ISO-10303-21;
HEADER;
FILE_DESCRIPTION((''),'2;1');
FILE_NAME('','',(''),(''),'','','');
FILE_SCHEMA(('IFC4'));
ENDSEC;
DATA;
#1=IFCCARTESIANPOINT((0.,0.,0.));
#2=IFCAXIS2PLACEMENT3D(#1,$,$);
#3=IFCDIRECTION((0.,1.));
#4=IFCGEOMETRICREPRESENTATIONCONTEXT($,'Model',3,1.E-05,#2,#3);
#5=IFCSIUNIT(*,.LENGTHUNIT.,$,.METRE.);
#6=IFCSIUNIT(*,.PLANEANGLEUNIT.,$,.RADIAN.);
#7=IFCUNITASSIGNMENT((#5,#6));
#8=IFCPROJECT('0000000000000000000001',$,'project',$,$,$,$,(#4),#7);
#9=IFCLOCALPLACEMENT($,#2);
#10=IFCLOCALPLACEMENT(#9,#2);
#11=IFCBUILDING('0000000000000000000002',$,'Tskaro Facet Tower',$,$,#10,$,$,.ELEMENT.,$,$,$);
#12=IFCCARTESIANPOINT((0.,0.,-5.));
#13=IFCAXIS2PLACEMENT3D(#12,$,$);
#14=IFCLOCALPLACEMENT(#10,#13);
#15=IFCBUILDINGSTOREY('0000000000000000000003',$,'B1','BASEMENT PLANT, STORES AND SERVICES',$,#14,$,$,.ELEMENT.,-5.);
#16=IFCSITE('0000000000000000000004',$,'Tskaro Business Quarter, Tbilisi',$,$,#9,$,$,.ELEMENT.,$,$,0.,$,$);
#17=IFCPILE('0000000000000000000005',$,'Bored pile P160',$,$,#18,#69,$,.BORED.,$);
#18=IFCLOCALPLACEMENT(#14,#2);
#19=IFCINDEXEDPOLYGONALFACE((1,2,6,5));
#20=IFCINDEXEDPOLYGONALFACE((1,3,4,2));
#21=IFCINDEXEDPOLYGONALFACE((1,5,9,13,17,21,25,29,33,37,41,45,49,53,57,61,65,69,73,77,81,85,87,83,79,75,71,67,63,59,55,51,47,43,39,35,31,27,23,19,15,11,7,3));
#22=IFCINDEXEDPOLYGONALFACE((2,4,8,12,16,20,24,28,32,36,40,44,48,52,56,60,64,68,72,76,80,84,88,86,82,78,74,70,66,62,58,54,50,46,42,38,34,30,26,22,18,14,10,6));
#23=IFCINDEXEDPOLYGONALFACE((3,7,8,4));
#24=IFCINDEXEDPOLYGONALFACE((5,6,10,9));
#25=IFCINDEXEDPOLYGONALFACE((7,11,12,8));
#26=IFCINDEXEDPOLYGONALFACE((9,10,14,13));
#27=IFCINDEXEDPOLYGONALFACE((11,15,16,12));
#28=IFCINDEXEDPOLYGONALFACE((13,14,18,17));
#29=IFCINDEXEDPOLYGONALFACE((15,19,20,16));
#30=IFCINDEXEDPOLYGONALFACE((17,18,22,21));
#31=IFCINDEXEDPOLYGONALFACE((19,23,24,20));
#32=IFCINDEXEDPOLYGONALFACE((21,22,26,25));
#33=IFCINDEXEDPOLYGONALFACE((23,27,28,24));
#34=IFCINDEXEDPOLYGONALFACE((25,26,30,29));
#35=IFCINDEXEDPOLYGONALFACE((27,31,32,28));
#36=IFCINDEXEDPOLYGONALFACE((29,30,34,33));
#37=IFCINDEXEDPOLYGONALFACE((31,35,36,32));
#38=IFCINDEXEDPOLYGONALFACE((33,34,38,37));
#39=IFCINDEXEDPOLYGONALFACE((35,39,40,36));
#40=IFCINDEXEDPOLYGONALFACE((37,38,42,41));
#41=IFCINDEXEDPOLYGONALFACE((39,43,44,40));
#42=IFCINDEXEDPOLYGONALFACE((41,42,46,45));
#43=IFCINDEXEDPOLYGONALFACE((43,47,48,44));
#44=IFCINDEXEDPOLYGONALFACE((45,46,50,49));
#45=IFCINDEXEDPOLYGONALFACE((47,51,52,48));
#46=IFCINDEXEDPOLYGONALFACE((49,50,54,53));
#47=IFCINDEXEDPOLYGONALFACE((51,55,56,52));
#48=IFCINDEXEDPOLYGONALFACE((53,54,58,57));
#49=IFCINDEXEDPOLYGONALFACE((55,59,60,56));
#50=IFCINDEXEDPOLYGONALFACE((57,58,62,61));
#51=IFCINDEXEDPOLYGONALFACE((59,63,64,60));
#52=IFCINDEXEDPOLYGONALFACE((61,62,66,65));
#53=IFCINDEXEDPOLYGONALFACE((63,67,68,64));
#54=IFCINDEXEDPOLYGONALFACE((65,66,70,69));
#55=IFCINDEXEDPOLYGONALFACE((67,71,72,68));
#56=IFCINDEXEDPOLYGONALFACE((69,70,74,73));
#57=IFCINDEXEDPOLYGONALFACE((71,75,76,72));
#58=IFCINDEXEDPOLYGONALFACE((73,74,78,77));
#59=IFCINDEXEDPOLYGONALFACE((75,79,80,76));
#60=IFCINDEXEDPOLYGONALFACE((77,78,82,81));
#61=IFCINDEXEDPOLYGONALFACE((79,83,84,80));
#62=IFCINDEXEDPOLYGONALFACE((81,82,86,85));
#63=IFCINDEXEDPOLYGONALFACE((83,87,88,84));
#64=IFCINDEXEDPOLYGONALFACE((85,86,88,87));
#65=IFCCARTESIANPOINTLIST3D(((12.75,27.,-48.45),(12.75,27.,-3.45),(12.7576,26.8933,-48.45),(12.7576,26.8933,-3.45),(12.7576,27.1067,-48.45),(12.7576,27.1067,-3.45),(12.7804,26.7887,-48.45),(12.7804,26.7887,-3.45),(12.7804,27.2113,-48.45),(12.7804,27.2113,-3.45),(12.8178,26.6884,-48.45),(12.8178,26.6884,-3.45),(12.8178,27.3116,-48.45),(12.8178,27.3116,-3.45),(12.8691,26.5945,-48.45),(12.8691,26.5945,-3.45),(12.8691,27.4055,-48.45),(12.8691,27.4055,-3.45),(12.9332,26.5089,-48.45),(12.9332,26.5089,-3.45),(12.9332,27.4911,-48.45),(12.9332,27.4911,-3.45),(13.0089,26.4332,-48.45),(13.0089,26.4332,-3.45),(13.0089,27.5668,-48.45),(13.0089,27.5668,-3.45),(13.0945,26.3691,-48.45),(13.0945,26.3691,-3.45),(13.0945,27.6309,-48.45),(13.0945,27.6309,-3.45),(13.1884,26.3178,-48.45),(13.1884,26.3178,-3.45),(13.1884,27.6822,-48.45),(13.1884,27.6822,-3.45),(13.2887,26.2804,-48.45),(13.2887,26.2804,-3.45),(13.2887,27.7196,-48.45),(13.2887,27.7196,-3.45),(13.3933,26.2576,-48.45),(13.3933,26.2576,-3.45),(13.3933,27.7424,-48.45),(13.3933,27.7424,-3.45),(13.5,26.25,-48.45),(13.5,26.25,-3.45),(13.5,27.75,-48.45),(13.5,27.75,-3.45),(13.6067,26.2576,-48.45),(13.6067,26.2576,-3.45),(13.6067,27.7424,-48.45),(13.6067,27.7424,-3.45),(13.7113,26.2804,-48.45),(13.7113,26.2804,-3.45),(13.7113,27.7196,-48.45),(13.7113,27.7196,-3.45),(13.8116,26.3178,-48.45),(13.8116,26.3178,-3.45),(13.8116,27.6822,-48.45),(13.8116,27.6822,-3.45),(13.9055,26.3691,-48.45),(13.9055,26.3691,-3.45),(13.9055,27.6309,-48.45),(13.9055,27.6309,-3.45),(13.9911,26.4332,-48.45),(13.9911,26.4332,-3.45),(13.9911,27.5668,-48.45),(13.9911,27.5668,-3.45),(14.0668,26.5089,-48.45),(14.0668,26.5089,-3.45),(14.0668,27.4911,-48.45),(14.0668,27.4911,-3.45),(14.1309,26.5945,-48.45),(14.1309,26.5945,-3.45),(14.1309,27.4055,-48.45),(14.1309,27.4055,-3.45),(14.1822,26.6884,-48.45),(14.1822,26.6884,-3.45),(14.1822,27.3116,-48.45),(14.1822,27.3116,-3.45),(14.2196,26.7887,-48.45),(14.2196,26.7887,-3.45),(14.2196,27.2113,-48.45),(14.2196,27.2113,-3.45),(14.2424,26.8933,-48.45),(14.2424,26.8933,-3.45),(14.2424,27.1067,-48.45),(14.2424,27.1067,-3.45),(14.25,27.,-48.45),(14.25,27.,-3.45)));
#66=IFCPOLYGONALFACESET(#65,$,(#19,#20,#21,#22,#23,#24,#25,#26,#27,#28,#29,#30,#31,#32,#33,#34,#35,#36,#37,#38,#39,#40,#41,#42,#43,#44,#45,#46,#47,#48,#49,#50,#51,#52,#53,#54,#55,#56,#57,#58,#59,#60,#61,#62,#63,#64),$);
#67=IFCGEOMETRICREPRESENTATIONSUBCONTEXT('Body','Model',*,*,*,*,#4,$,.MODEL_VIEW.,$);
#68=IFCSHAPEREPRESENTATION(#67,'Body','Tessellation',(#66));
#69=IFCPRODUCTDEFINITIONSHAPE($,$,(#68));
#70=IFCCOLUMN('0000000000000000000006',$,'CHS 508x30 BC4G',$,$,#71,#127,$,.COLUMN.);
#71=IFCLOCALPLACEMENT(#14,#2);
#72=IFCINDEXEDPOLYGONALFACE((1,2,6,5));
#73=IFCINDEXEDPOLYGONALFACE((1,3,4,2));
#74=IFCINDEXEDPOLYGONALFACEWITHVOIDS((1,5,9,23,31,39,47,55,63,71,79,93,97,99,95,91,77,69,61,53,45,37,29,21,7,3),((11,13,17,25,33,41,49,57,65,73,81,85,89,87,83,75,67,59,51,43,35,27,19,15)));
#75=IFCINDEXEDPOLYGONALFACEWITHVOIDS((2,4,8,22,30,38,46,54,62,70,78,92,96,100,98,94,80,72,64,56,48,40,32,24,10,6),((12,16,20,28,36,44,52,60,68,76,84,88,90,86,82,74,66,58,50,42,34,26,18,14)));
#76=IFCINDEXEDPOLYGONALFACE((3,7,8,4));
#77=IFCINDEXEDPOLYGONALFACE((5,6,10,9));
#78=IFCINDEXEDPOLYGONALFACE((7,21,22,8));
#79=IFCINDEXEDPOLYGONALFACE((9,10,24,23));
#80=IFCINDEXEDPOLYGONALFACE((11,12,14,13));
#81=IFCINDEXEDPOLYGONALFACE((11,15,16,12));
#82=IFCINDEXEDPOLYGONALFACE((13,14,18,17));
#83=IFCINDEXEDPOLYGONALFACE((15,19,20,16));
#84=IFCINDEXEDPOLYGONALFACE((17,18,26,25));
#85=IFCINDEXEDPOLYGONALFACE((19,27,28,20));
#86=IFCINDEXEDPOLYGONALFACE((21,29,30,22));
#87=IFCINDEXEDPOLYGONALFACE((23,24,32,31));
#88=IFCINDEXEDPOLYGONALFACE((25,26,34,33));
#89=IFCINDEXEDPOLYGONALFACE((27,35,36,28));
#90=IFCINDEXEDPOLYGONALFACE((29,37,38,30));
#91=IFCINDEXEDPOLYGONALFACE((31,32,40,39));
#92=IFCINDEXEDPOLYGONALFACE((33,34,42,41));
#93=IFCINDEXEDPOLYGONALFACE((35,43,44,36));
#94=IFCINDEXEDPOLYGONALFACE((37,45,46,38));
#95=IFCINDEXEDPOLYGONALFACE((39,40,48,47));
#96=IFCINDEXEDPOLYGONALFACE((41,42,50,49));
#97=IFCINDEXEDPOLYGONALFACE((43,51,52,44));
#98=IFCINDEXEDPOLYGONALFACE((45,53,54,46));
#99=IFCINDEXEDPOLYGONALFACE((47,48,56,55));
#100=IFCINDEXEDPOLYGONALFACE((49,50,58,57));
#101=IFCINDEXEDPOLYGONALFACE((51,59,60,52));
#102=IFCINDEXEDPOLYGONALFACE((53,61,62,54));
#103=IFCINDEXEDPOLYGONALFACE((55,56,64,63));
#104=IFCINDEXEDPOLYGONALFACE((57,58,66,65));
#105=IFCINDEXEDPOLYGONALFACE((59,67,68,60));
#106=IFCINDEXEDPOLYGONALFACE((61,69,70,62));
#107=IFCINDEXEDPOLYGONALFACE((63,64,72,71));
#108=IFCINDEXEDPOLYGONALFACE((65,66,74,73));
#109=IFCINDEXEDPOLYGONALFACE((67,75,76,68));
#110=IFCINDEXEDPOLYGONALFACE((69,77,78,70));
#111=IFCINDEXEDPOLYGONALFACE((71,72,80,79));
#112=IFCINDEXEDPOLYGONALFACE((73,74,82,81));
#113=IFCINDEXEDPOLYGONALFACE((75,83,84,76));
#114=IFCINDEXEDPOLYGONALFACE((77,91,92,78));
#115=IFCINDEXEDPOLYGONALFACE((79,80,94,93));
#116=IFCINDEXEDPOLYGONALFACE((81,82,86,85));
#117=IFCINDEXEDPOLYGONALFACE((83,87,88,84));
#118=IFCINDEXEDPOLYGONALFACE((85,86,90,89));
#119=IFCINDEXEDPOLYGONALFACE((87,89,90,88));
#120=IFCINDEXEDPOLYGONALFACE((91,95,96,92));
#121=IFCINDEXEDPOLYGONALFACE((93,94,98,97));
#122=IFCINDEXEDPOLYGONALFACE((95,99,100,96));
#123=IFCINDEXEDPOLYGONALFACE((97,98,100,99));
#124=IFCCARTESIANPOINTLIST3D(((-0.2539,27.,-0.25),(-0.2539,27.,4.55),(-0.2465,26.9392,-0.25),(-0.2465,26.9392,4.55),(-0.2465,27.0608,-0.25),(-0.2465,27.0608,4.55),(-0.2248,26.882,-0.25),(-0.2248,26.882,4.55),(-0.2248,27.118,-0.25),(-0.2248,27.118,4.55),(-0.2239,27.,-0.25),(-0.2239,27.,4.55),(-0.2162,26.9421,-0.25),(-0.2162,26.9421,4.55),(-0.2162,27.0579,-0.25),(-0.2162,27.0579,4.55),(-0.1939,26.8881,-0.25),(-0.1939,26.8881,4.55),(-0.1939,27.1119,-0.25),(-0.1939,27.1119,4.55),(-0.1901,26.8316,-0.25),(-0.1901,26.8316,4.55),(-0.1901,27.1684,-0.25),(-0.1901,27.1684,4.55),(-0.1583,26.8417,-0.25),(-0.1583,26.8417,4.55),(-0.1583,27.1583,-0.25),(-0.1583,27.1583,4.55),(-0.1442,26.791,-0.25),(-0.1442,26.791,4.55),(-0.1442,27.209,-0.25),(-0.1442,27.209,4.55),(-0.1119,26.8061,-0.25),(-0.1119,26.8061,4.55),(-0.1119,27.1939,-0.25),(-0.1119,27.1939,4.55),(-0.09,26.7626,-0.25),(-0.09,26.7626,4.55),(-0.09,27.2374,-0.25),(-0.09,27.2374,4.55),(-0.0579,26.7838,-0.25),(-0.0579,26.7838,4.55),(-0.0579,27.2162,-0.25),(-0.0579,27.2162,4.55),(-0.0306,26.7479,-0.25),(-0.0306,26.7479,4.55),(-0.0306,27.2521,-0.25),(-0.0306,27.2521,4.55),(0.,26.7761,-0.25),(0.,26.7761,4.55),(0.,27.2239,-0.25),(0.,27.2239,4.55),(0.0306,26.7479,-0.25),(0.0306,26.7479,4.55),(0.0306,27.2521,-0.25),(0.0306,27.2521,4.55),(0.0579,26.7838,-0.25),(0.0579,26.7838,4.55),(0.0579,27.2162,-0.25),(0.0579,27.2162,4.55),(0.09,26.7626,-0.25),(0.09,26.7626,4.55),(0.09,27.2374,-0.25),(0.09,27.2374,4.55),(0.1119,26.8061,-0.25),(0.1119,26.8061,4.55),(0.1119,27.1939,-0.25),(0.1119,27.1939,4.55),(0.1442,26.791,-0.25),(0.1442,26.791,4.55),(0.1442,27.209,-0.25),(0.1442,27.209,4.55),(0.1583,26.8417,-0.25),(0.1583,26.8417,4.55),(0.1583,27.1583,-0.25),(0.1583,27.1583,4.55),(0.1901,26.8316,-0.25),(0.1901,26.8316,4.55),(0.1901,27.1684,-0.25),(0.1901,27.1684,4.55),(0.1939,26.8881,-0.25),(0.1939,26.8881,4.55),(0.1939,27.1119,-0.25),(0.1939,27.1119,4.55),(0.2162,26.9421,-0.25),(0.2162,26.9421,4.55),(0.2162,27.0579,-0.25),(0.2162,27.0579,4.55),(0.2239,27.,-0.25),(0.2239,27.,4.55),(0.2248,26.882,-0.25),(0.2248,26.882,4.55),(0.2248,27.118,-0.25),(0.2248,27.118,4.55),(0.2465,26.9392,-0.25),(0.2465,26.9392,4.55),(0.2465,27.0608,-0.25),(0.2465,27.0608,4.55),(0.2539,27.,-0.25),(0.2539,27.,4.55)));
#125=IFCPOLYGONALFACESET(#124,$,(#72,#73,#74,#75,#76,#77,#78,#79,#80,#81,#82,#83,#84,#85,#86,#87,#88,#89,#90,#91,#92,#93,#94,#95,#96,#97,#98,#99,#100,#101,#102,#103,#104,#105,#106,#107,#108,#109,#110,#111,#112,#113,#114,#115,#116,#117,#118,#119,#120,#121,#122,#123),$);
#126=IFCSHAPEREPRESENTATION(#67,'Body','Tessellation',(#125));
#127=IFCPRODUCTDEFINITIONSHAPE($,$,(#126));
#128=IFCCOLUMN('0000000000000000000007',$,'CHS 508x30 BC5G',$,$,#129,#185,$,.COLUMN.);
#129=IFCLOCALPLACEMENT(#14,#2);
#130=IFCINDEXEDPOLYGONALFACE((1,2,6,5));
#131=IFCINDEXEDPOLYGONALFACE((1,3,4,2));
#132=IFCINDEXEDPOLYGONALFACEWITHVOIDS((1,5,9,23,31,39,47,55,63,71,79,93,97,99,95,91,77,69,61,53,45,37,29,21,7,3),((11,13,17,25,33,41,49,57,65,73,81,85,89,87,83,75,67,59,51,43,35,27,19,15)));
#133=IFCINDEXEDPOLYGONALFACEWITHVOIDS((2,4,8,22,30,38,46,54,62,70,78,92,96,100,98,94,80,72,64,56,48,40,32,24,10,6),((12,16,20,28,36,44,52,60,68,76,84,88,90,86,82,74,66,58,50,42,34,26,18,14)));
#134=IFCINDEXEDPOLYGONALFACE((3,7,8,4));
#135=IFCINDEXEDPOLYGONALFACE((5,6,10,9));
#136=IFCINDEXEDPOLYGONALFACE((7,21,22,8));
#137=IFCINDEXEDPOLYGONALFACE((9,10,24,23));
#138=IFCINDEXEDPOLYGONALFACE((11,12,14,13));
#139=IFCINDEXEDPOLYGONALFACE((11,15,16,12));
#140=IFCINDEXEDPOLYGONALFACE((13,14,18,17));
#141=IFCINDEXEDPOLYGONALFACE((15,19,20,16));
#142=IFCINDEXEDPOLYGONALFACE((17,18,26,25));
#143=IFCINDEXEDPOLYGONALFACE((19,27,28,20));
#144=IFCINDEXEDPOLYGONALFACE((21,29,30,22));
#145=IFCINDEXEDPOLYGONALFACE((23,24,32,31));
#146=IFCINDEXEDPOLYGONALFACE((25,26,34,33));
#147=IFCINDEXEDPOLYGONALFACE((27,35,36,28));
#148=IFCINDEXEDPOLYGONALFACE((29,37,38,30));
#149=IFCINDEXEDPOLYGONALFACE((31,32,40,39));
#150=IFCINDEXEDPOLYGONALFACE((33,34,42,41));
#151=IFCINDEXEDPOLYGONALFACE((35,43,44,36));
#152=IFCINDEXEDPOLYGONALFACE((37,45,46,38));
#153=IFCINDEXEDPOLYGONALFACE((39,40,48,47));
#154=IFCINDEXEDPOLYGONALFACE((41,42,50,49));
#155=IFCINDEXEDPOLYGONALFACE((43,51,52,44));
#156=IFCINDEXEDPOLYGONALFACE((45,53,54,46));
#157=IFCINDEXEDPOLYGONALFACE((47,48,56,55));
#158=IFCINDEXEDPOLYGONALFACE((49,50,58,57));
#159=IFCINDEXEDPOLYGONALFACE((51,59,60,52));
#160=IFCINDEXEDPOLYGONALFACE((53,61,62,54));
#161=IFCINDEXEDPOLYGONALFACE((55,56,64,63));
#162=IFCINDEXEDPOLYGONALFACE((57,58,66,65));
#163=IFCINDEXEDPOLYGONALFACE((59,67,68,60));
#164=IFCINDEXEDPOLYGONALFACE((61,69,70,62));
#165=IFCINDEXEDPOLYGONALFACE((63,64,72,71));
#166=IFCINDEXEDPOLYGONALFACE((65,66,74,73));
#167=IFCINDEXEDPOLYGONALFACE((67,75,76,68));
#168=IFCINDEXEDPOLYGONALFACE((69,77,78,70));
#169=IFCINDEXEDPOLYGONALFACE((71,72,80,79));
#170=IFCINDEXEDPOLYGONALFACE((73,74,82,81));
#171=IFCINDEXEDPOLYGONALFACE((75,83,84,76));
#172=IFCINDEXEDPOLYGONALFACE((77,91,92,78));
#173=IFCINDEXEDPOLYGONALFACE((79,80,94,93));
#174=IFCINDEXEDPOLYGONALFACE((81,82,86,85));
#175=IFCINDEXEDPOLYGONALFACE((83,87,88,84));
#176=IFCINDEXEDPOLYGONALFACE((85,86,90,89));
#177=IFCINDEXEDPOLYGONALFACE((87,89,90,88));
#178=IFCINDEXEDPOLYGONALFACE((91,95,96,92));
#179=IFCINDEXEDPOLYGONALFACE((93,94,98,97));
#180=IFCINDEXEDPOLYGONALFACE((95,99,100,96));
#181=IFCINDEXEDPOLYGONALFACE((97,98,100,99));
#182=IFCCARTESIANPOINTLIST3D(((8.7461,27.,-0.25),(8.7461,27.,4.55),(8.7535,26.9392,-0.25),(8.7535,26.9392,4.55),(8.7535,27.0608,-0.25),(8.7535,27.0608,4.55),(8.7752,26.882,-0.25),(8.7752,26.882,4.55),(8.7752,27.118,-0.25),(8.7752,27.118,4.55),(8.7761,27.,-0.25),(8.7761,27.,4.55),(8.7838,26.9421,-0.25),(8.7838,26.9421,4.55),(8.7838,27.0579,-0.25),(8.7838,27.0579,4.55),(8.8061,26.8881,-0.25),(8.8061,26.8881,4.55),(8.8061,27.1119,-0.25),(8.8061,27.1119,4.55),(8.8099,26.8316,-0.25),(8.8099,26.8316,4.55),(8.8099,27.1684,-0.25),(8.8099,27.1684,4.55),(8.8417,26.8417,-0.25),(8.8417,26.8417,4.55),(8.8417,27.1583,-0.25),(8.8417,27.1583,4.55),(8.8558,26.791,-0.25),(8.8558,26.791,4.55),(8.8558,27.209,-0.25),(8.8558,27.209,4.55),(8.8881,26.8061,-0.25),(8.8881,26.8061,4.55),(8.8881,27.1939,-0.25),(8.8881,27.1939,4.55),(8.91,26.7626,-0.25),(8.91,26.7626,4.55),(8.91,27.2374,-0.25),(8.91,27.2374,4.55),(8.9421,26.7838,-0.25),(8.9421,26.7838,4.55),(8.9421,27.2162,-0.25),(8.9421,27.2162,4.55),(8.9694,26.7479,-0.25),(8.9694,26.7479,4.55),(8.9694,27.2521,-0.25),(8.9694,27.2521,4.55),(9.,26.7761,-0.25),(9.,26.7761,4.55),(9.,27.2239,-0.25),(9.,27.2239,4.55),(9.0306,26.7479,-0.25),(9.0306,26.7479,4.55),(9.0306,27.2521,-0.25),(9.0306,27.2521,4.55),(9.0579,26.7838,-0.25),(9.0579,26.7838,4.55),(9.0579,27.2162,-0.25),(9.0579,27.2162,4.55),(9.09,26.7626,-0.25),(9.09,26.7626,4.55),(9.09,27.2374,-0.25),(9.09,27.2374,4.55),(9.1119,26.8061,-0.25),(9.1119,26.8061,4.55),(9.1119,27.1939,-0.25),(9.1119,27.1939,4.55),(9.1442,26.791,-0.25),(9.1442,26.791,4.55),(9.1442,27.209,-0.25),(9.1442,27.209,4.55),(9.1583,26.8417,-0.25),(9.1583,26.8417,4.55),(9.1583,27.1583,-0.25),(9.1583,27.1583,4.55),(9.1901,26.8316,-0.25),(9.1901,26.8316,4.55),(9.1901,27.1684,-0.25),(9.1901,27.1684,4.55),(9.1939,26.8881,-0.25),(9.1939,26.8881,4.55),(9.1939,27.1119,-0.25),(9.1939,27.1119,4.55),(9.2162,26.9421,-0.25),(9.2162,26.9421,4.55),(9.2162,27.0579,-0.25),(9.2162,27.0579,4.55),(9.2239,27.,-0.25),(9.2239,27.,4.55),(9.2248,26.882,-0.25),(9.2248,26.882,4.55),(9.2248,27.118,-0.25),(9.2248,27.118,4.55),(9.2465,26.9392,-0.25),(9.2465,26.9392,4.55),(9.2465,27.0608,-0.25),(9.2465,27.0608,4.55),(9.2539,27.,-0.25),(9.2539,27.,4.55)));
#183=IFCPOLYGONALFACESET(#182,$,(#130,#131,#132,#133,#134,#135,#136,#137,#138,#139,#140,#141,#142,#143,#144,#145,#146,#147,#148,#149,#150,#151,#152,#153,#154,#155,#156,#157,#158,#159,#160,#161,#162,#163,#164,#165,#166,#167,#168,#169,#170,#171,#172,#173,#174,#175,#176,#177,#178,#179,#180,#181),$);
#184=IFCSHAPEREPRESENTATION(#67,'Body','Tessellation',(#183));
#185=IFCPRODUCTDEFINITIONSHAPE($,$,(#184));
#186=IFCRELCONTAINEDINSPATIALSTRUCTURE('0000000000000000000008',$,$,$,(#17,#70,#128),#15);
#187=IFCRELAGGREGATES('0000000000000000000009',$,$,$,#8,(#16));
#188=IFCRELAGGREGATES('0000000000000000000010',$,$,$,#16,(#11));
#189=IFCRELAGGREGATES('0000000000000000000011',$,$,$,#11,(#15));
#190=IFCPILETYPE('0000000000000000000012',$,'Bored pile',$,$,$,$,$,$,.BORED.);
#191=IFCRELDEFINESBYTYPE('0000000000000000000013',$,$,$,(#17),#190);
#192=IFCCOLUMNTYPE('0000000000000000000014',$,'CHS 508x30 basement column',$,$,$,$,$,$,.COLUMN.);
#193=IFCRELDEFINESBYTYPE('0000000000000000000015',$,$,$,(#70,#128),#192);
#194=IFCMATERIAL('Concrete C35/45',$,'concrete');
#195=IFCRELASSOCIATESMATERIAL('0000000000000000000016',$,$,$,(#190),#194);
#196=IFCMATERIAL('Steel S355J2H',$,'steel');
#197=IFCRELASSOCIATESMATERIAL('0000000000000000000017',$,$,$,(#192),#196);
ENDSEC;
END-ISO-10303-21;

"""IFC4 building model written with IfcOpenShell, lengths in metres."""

from ifc_helpers import new_model, si_unit, direction, frame, origin, origin_2d, place, context, subcontext, project, spatial, circle, hollow_circle, extrude, material, material_profile, profile_set, type_object, element, save


model = new_model("IFC4")

# Units and contexts
model_context = context("Model", 3, precision=1e-05, world=origin(), true_north=direction((0.0, 1.0)))
body_context = subcontext(model_context, "Body", "Model", "MODEL_VIEW")
ifc_project = project(units=[si_unit("LENGTHUNIT", "METRE"), si_unit("PLANEANGLEUNIT", "RADIAN")], contexts=[model_context])

# Site, building, storey
site_placement = place(None, origin())
site = spatial("IfcSite", under=ifc_project, at=site_placement, Name="Tskaro Business Quarter, Tbilisi", CompositionType="ELEMENT", RefElevation=0.0)
building_placement = place(site_placement, origin())
building = spatial("IfcBuilding", under=site, at=building_placement, Name="Tskaro Facet Tower", CompositionType="ELEMENT")
storey_placement = place(building_placement, frame((0.0, 0.0, -5.0)))
storey = spatial("IfcBuildingStorey", under=building, at=storey_placement, Name="B1", Description="BASEMENT PLANT, STORES AND SERVICES", CompositionType="ELEMENT", Elevation=-5.0)

# Pile
ifc_material_1 = material(Name="Concrete C35/45", Category="concrete")
ifc_material_profile_1 = material_profile(ifc_material_1, circle(Radius=0.75, at=origin_2d()), Name="Bored pile")
ifc_profile_set_1 = profile_set([ifc_material_profile_1], Name="Concrete C35/45")
pile_type = type_object("IfcPileType", Name="Bored pile", PredefinedType="BORED", material=ifc_profile_set_1)
for number, where, z_axis, x_axis, name in (
    (1, (13.5, 27.0, -3.45), (0.0, 0.0, -1.0), (1.0, 0.0, 0.0), "Bored pile P160"),
):
    element("IfcPile", number, at=place(storey_placement, frame(where, z_axis=z_axis, x_axis=x_axis)), inside=storey, type_object=pile_type, Name=name, PredefinedType="BORED", context=body_context, shape_type="SweptSolid", body=[
        extrude(circle(Radius=0.75, at=origin_2d()), origin(), (0.0, 0.0, 1.0), 45.0),
    ])

# Columns
ifc_material_2 = material(Name="Steel S355J2H", Category="steel")
ifc_material_profile_2 = material_profile(ifc_material_2, hollow_circle(Radius=0.2539, WallThickness=0.03, at=origin_2d()), Name="CHS 508x30")
ifc_profile_set_2 = profile_set([ifc_material_profile_2], Name="Steel S355J2H")
column_type_1 = type_object("IfcColumnType", Name="CHS 508x30 basement column", PredefinedType="COLUMN", material=ifc_profile_set_2)
for number, where, z_axis, x_axis, name in (
    (2, (0.0, 27.0, -0.25), (0.0, 0.0, 1.0), (1.0, 0.0, 0.0), "CHS 508x30 BC4G"),
    (3, (9.0, 27.0, -0.25), (0.0, 0.0, 1.0), (1.0, 0.0, 0.0), "CHS 508x30 BC5G"),
):
    element("IfcColumn", number, at=place(storey_placement, frame(where, z_axis=z_axis, x_axis=x_axis)), inside=storey, type_object=column_type_1, Name=name, PredefinedType="COLUMN", context=body_context, shape_type="SweptSolid", body=[
        extrude(hollow_circle(Radius=0.2539, WallThickness=0.03, at=origin_2d()), origin(), (0.0, 0.0, 1.0), 4.8),
    ])

save(model, "model.ifc")
